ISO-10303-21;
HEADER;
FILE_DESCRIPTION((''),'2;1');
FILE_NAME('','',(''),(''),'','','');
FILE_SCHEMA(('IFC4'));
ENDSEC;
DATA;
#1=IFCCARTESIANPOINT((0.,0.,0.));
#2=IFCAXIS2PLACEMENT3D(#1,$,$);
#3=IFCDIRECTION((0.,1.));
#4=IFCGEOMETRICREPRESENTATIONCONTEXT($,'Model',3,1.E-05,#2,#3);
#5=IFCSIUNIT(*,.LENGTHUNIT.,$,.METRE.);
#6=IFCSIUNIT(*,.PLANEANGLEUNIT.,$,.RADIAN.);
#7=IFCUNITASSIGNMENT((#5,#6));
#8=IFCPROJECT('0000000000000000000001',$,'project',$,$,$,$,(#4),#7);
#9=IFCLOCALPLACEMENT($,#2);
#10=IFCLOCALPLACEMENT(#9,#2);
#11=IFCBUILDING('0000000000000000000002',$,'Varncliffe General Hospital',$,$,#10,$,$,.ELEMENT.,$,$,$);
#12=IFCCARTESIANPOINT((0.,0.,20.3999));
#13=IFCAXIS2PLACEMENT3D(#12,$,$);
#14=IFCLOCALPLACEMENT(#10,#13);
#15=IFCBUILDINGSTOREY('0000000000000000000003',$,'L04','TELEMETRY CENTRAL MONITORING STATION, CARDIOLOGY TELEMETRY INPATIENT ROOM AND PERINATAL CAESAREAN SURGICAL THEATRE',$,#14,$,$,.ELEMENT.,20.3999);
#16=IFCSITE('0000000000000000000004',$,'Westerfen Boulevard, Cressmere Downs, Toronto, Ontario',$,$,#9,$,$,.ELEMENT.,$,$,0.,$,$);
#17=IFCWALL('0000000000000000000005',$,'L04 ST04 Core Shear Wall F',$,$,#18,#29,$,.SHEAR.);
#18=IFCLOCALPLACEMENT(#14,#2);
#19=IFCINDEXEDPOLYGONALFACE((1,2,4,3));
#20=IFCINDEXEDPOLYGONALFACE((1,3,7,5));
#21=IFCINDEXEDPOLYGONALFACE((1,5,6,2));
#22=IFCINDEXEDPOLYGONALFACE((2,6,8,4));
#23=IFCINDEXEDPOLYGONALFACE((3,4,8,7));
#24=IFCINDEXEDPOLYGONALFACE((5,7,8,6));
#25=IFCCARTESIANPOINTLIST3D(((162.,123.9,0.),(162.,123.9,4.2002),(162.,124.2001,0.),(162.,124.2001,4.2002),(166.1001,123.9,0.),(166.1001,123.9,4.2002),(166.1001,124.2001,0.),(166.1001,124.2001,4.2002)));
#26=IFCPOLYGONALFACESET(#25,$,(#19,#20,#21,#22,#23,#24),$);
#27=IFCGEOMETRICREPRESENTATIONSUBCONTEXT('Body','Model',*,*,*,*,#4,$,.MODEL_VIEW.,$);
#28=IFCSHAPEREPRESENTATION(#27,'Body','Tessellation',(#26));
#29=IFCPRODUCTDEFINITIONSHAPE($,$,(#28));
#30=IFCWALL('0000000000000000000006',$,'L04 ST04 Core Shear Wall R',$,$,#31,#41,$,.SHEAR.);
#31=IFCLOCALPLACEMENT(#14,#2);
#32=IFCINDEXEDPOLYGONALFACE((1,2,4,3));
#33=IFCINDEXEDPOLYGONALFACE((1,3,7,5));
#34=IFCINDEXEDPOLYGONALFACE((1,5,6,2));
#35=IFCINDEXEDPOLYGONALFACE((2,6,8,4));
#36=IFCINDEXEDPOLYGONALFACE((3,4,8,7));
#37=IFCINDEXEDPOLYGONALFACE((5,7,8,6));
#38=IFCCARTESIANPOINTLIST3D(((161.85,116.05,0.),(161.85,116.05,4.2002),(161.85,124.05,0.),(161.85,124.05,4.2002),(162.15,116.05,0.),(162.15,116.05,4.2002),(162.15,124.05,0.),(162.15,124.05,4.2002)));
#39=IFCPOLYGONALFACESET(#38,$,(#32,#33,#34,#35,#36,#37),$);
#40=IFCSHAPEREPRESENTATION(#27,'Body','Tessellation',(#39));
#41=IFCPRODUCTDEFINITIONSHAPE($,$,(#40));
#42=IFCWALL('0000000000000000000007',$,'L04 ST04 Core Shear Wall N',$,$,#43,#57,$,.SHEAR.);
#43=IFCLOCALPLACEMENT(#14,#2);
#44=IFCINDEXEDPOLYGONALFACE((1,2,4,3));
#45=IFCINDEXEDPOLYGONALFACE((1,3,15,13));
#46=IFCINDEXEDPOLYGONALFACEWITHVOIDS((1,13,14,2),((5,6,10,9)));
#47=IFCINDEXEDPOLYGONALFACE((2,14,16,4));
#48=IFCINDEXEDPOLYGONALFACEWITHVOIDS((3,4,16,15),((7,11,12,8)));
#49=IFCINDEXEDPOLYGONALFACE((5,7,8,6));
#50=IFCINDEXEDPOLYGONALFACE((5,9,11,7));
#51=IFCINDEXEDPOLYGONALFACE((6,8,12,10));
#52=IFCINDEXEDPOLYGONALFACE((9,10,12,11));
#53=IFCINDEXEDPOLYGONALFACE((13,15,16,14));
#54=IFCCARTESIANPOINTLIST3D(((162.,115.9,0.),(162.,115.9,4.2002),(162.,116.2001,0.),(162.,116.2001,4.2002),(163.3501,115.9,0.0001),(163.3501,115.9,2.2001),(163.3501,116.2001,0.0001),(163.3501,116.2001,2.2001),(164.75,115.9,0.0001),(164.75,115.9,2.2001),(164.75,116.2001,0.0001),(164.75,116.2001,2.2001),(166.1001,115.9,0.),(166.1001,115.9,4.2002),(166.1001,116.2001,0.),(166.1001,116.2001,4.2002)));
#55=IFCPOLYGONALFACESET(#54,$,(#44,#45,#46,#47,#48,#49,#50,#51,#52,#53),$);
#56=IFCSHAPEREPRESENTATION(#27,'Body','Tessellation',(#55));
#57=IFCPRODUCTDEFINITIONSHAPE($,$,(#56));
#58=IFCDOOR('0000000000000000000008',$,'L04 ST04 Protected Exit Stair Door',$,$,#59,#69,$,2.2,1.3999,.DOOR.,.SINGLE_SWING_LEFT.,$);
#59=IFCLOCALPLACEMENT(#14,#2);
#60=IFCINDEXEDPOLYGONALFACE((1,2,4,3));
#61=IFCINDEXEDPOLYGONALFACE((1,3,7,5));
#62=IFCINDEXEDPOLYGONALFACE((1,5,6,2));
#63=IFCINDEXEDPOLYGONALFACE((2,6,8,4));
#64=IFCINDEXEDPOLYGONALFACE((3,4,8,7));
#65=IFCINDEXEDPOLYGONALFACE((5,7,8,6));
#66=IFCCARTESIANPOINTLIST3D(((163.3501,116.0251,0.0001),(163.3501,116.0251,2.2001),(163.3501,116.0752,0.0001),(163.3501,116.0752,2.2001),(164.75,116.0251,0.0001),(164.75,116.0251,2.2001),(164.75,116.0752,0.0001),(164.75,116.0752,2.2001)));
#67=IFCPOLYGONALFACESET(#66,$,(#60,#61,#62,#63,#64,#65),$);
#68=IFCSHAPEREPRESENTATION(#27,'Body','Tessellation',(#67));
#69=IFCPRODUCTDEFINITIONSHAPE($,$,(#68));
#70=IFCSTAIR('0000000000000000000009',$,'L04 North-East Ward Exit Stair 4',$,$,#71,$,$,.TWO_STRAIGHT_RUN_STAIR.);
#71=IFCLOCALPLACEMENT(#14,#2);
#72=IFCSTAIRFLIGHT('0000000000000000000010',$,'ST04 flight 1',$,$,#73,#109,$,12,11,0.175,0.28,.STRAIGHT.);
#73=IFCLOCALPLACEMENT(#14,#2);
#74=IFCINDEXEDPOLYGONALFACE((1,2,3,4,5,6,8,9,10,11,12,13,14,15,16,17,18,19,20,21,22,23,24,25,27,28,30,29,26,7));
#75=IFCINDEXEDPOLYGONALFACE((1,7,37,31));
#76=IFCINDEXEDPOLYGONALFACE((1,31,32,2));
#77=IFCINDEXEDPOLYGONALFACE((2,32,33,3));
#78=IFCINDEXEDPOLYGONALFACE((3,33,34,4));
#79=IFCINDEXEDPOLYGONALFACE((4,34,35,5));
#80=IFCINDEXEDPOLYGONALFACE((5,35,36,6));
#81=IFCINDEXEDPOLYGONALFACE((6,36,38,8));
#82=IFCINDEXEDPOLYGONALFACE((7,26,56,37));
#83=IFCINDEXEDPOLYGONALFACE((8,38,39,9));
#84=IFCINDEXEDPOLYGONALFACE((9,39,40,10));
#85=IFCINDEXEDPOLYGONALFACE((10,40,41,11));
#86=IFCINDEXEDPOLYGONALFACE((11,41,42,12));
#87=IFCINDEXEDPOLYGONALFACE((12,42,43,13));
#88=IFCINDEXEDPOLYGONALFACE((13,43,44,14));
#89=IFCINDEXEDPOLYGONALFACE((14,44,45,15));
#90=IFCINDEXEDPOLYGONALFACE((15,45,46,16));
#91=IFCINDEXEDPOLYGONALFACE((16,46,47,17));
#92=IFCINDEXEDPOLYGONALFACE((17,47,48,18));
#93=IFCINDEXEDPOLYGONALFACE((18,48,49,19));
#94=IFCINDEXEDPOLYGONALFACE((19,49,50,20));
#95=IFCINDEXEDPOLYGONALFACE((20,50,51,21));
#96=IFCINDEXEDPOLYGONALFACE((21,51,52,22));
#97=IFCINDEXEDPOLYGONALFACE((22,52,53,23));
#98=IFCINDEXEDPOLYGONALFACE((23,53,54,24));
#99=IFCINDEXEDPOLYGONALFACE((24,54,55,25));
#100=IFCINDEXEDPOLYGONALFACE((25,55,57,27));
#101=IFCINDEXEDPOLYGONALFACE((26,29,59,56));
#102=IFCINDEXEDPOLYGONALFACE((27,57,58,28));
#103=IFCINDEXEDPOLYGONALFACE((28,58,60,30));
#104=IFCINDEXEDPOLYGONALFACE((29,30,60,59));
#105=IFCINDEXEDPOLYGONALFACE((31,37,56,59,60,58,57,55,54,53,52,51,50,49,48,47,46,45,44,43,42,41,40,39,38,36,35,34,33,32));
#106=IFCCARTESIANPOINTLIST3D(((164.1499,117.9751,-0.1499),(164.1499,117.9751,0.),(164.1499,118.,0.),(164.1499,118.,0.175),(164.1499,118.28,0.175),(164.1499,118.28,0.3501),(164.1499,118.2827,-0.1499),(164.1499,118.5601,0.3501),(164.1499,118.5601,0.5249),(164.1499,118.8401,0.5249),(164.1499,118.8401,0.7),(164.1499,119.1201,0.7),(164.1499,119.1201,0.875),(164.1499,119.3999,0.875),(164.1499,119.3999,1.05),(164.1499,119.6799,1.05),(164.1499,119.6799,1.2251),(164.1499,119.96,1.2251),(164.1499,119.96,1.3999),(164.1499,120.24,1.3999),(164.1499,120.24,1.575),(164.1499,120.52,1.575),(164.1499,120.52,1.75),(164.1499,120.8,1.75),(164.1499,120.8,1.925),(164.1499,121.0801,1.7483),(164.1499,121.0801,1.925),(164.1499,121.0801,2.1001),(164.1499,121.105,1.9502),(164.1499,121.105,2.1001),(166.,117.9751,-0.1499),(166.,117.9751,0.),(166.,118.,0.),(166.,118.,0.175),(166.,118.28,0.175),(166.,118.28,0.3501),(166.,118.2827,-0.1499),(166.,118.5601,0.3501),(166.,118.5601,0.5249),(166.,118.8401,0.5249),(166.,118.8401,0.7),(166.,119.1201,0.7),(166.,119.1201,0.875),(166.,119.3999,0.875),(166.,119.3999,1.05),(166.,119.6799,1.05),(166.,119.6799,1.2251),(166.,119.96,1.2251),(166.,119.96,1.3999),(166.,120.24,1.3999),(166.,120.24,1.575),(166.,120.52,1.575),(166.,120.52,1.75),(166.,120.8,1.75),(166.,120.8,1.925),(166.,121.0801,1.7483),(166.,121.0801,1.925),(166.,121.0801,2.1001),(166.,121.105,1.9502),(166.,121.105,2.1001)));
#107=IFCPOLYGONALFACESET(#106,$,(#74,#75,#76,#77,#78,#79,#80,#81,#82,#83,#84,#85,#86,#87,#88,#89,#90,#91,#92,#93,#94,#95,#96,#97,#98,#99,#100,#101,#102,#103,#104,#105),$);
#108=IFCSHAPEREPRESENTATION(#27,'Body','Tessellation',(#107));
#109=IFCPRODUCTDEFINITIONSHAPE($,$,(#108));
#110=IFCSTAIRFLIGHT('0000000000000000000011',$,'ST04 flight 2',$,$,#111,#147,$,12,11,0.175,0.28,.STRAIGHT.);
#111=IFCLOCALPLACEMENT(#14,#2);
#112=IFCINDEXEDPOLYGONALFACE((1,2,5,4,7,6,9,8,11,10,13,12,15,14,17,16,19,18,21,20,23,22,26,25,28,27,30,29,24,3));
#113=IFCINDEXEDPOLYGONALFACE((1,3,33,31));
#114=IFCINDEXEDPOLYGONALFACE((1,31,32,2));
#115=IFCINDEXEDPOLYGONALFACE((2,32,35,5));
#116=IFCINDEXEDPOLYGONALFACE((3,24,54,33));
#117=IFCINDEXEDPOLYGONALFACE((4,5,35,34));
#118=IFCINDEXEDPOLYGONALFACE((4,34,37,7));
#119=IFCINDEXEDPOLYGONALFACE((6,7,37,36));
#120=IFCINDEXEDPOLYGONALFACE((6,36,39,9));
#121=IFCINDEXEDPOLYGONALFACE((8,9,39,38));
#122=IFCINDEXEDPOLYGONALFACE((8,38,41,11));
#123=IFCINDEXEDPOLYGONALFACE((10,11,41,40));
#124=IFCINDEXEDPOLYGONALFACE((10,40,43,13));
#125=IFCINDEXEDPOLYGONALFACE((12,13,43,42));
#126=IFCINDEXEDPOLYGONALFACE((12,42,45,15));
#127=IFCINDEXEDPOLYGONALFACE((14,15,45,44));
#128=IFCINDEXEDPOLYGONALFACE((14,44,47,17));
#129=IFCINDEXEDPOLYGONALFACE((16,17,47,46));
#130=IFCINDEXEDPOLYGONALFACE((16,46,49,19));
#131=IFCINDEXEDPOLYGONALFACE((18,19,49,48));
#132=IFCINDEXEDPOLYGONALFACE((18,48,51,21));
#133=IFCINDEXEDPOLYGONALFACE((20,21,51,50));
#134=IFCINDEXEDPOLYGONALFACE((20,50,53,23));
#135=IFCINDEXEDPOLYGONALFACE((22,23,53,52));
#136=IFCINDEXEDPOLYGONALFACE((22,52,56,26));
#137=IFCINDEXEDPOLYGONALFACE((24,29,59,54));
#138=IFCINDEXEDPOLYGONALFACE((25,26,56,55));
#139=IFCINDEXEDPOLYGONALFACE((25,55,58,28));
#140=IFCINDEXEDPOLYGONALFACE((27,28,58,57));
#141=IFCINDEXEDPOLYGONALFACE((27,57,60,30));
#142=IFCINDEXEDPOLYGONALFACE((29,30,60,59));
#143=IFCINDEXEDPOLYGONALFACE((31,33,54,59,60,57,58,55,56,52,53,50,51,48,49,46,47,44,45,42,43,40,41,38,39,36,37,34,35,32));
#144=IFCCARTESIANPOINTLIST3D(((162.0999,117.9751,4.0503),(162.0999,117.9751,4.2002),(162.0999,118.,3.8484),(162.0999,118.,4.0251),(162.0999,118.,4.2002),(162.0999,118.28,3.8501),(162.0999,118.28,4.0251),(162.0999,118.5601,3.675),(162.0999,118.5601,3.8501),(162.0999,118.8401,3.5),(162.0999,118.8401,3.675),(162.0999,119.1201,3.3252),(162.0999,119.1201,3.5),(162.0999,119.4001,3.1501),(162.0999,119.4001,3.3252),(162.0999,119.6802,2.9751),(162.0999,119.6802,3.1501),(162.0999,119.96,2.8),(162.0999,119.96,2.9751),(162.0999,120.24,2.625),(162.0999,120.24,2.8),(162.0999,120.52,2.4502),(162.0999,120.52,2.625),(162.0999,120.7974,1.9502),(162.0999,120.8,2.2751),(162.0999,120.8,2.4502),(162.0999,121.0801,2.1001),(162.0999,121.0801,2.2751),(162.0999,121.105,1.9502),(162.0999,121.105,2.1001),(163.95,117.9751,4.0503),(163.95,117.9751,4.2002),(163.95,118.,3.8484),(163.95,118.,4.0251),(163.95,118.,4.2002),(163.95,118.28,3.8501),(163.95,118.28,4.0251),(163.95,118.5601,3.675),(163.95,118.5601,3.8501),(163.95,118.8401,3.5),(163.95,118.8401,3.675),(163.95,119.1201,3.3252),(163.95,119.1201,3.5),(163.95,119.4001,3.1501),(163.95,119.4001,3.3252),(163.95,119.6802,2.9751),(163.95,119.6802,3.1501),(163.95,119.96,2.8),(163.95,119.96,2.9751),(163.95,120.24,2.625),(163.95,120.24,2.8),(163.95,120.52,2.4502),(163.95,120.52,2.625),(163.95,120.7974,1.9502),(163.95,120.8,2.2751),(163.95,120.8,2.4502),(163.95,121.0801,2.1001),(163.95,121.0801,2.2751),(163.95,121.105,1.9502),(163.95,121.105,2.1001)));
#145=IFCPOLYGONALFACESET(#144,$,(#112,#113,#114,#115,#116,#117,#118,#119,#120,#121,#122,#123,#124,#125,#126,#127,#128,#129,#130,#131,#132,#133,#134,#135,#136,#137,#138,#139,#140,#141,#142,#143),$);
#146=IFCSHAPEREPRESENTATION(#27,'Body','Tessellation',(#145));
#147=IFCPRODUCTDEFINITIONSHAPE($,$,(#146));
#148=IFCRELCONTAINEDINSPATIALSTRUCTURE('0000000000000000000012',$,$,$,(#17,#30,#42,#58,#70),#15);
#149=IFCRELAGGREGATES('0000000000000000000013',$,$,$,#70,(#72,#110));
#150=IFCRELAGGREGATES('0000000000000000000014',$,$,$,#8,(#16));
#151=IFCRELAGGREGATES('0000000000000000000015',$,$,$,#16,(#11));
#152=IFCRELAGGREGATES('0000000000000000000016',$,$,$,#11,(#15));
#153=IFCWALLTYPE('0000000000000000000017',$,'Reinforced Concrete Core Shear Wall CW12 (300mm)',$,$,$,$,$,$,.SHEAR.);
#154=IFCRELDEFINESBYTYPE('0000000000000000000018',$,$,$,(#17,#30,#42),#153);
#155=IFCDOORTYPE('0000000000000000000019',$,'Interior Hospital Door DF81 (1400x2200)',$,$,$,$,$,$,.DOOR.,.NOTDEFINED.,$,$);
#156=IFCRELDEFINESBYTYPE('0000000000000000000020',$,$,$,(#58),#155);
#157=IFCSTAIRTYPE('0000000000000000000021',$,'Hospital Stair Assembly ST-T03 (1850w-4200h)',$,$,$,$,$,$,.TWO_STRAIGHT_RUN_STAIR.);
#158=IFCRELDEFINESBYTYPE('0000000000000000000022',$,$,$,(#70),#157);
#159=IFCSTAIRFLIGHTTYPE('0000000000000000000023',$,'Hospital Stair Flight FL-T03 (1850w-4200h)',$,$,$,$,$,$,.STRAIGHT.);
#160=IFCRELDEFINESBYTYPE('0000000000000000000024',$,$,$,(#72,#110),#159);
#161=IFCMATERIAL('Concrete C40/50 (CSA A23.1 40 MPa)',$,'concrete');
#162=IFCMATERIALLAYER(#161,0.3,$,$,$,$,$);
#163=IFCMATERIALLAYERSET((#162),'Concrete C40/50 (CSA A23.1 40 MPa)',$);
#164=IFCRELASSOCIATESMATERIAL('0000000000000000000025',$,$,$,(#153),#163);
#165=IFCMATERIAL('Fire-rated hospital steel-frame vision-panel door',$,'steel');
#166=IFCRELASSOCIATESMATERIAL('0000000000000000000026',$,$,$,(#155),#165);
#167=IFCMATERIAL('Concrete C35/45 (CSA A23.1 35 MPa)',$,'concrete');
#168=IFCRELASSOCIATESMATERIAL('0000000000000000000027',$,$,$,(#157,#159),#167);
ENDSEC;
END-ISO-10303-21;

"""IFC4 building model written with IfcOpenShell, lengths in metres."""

from ifc_helpers import new_model, si_unit, direction, frame, frame_2d, origin, place, context, subcontext, project, spatial, polyline, rectangle, outline, extrude, material, layer, layer_set, type_object, element, fill, aggregate, save


model = new_model("IFC4")

# Units and contexts
model_context = context("Model", 3, precision=1e-05, world=origin(), true_north=direction((0.0, 1.0)))
body_context = subcontext(model_context, "Body", "Model", "MODEL_VIEW")
ifc_project = project(units=[si_unit("LENGTHUNIT", "METRE"), si_unit("PLANEANGLEUNIT", "RADIAN")], contexts=[model_context])

# Site, building, storey
site_placement = place(None, origin())
site = spatial("IfcSite", under=ifc_project, at=site_placement, Name="Westerfen Boulevard, Cressmere Downs, Toronto, Ontario", CompositionType="ELEMENT", RefElevation=0.0)
building_placement = place(site_placement, origin())
building = spatial("IfcBuilding", under=site, at=building_placement, Name="Varncliffe General Hospital", CompositionType="ELEMENT")
storey_placement = place(building_placement, frame((0.0, 0.0, 20.3999)))
storey = spatial("IfcBuildingStorey", under=building, at=storey_placement, Name="L04", Description="TELEMETRY CENTRAL MONITORING STATION, CARDIOLOGY TELEMETRY INPATIENT ROOM AND PERINATAL CAESAREAN SURGICAL THEATRE", CompositionType="ELEMENT", Elevation=20.3999)

# Shared definitions
ifc_material_1 = material(Name="Concrete C40/50 (CSA A23.1 40 MPa)", Category="concrete")

# Shared definitions
ifc_material_2 = material(Name="Concrete C35/45 (CSA A23.1 35 MPa)", Category="concrete")

# Shared definitions
ifc_material_3 = material(Name="Fire-rated hospital steel-frame vision-panel door", Category="steel")

# Walls
ifc_layer_1 = layer(ifc_material_1, 0.3)
ifc_layer_set_1 = layer_set([ifc_layer_1], Name="Concrete C40/50 (CSA A23.1 40 MPa)")
wall_type_1 = type_object("IfcWallType", Name="Reinforced Concrete Core Shear Wall CW12 (300mm)", PredefinedType="SHEAR", material=ifc_layer_set_1)
wall_1_placement = place(storey_placement, frame((166.1001, 124.05, 0.0), z_axis=(0.0, 0.0, 1.0), x_axis=(-1.0, 0.0, 0.0)))
element("IfcWall", 1, at=wall_1_placement, inside=storey, type_object=wall_type_1, Name="L04 ST04 Core Shear Wall F", PredefinedType="SHEAR", context=body_context, shape_type="SweptSolid", body=[
    extrude(rectangle(XDim=4.1001, YDim=0.3, at=frame_2d((2.05, 0.0))), origin(), (0.0, 0.0, 1.0), 4.2002),
])
wall_2_placement = place(storey_placement, frame((162.0, 124.05, 0.0), z_axis=(0.0, 0.0, 1.0), x_axis=(0.0, -1.0, 0.0)))
element("IfcWall", 2, at=wall_2_placement, inside=storey, type_object=wall_type_1, Name="L04 ST04 Core Shear Wall R", PredefinedType="SHEAR", context=body_context, shape_type="SweptSolid", body=[
    extrude(rectangle(XDim=8.0, YDim=0.3, at=frame_2d((4.0, 0.0))), origin(), (0.0, 0.0, 1.0), 4.2002),
])

# Wall, opening, door
wall_3_placement = place(storey_placement, frame((162.0, 116.05, 0.0), z_axis=(0.0, 0.0, 1.0), x_axis=(1.0, 0.0, 0.0)))
wall_3 = element("IfcWall", 3, at=wall_3_placement, inside=storey, type_object=wall_type_1, Name="L04 ST04 Core Shear Wall N", PredefinedType="SHEAR", context=body_context, shape_type="SweptSolid", body=[
    extrude(rectangle(XDim=4.1001, YDim=0.3, at=frame_2d((2.05, 0.0))), origin(), (0.0, 0.0, 1.0), 4.2002),
])
opening_1_placement = place(wall_3_placement, frame((1.3501, 0.0, 0.0)))
opening_1 = element("IfcOpeningElement", 4, at=opening_1_placement, cuts=wall_3, PredefinedType="OPENING", context=body_context, shape_type="SweptSolid", body=[
    extrude(rectangle(XDim=1.3999, YDim=2.2, at=frame_2d((0.7, 1.1001))), frame((0.0, 0.1602, 0.0), z_axis=(0.0, -1.0, 0.0), x_axis=(1.0, 0.0, 0.0)), (0.0, 0.0, 1.0), 0.3201),
])
door_type_1 = type_object("IfcDoorType", Name="Interior Hospital Door DF81 (1400x2200)", OperationType="NOTDEFINED", PredefinedType="DOOR", material=ifc_material_3)
door_1_placement = place(opening_1_placement, frame((1.3999, 0.0, 0.0), z_axis=(0.0, 0.0, 1.0), x_axis=(-1.0, 0.0, 0.0)))
door_1 = element("IfcDoor", 5, at=door_1_placement, inside=storey, type_object=door_type_1, Name="L04 ST04 Protected Exit Stair Door", OperationType="SINGLE_SWING_LEFT", OverallHeight=2.2, OverallWidth=1.3999, PredefinedType="DOOR", context=body_context, shape_type="SweptSolid", body=[
    extrude(rectangle(XDim=1.3999, YDim=2.2, at=frame_2d((0.7, 1.1001))), frame((0.0, 0.0249, 0.0), z_axis=(0.0, -1.0, 0.0), x_axis=(1.0, 0.0, 0.0)), (0.0, 0.0, 1.0), 0.05),
])
fill(opening_1, door_1)

# Stair, stair flights
stair_type = type_object("IfcStairType", Name="Hospital Stair Assembly ST-T03 (1850w-4200h)", PredefinedType="TWO_STRAIGHT_RUN_STAIR", material=ifc_material_2)
stair_placement = place(storey_placement, origin())
stair = element("IfcStair", 6, at=stair_placement, inside=storey, type_object=stair_type, Name="L04 North-East Ward Exit Stair 4", PredefinedType="TWO_STRAIGHT_RUN_STAIR")
stair_flight_type = type_object("IfcStairFlightType", Name="Hospital Stair Flight FL-T03 (1850w-4200h)", PredefinedType="STRAIGHT", material=ifc_material_2)
stair_flight_1_placement = place(storey_placement, frame((165.075, 118.0, 0.0), z_axis=(0.0, 0.0, 1.0), x_axis=(0.0, 1.0, 0.0)))
stair_flight_1 = element("IfcStairFlight", 7, at=stair_flight_1_placement, type_object=stair_flight_type, Name="ST04 flight 1", NumberOfRisers=12, NumberOfTreads=11, PredefinedType="STRAIGHT", RiserHeight=0.175, TreadLength=0.28, context=body_context, shape_type="SweptSolid", body=[
    extrude(outline(polyline([(-0.0249, -0.1499), (-0.0249, 0.0), (0.0, 0.0), (0.0, 0.175), (0.28, 0.175), (0.28, 0.3501), (0.5601, 0.3501), (0.5601, 0.5249), (0.8401, 0.5249), (0.8401, 0.7), (1.1201, 0.7), (1.1201, 0.875), (1.3999, 0.875), (1.3999, 1.05), (1.6799, 1.05), (1.6799, 1.2251), (1.96, 1.2251), (1.96, 1.3999), (2.24, 1.3999), (2.24, 1.575), (2.52, 1.575), (2.52, 1.75), (2.8, 1.75), (2.8, 1.925), (3.0801, 1.925), (3.0801, 2.1001), (3.105, 2.1001), (3.105, 1.9502), (3.0801, 1.7483), (0.2827, -0.1499), (-0.0249, -0.1499)])), frame((0.0, 0.925, 0.0), z_axis=(0.0, -1.0, 0.0), x_axis=(1.0, 0.0, 0.0)), (0.0, 0.0, 1.0), 1.8501),
])
stair_flight_2_placement = place(storey_placement, frame((163.0249, 121.0801, 2.1001), z_axis=(0.0, 0.0, 1.0), x_axis=(0.0, -1.0, 0.0)))
stair_flight_2 = element("IfcStairFlight", 8, at=stair_flight_2_placement, type_object=stair_flight_type, Name="ST04 flight 2", NumberOfRisers=12, NumberOfTreads=11, PredefinedType="STRAIGHT", RiserHeight=0.175, TreadLength=0.28, context=body_context, shape_type="SweptSolid", body=[
    extrude(outline(polyline([(-0.0249, -0.1499), (-0.0249, 0.0), (0.0, 0.0), (0.0, 0.175), (0.28, 0.175), (0.28, 0.3501), (0.5601, 0.3501), (0.5601, 0.5249), (0.8401, 0.5249), (0.8401, 0.7), (1.1201, 0.7), (1.1201, 0.875), (1.3999, 0.875), (1.3999, 1.05), (1.6799, 1.05), (1.6799, 1.2251), (1.96, 1.2251), (1.96, 1.3999), (2.24, 1.3999), (2.24, 1.575), (2.52, 1.575), (2.52, 1.75), (2.8, 1.75), (2.8, 1.925), (3.0801, 1.925), (3.0801, 2.1001), (3.105, 2.1001), (3.105, 1.9502), (3.0801, 1.7483), (0.2827, -0.1499), (-0.0249, -0.1499)])), frame((0.0, 0.925, 0.0), z_axis=(0.0, -1.0, 0.0), x_axis=(1.0, 0.0, 0.0)), (0.0, 0.0, 1.0), 1.8501),
])
aggregate(stair, [stair_flight_1, stair_flight_2])

save(model, "model.ifc")
